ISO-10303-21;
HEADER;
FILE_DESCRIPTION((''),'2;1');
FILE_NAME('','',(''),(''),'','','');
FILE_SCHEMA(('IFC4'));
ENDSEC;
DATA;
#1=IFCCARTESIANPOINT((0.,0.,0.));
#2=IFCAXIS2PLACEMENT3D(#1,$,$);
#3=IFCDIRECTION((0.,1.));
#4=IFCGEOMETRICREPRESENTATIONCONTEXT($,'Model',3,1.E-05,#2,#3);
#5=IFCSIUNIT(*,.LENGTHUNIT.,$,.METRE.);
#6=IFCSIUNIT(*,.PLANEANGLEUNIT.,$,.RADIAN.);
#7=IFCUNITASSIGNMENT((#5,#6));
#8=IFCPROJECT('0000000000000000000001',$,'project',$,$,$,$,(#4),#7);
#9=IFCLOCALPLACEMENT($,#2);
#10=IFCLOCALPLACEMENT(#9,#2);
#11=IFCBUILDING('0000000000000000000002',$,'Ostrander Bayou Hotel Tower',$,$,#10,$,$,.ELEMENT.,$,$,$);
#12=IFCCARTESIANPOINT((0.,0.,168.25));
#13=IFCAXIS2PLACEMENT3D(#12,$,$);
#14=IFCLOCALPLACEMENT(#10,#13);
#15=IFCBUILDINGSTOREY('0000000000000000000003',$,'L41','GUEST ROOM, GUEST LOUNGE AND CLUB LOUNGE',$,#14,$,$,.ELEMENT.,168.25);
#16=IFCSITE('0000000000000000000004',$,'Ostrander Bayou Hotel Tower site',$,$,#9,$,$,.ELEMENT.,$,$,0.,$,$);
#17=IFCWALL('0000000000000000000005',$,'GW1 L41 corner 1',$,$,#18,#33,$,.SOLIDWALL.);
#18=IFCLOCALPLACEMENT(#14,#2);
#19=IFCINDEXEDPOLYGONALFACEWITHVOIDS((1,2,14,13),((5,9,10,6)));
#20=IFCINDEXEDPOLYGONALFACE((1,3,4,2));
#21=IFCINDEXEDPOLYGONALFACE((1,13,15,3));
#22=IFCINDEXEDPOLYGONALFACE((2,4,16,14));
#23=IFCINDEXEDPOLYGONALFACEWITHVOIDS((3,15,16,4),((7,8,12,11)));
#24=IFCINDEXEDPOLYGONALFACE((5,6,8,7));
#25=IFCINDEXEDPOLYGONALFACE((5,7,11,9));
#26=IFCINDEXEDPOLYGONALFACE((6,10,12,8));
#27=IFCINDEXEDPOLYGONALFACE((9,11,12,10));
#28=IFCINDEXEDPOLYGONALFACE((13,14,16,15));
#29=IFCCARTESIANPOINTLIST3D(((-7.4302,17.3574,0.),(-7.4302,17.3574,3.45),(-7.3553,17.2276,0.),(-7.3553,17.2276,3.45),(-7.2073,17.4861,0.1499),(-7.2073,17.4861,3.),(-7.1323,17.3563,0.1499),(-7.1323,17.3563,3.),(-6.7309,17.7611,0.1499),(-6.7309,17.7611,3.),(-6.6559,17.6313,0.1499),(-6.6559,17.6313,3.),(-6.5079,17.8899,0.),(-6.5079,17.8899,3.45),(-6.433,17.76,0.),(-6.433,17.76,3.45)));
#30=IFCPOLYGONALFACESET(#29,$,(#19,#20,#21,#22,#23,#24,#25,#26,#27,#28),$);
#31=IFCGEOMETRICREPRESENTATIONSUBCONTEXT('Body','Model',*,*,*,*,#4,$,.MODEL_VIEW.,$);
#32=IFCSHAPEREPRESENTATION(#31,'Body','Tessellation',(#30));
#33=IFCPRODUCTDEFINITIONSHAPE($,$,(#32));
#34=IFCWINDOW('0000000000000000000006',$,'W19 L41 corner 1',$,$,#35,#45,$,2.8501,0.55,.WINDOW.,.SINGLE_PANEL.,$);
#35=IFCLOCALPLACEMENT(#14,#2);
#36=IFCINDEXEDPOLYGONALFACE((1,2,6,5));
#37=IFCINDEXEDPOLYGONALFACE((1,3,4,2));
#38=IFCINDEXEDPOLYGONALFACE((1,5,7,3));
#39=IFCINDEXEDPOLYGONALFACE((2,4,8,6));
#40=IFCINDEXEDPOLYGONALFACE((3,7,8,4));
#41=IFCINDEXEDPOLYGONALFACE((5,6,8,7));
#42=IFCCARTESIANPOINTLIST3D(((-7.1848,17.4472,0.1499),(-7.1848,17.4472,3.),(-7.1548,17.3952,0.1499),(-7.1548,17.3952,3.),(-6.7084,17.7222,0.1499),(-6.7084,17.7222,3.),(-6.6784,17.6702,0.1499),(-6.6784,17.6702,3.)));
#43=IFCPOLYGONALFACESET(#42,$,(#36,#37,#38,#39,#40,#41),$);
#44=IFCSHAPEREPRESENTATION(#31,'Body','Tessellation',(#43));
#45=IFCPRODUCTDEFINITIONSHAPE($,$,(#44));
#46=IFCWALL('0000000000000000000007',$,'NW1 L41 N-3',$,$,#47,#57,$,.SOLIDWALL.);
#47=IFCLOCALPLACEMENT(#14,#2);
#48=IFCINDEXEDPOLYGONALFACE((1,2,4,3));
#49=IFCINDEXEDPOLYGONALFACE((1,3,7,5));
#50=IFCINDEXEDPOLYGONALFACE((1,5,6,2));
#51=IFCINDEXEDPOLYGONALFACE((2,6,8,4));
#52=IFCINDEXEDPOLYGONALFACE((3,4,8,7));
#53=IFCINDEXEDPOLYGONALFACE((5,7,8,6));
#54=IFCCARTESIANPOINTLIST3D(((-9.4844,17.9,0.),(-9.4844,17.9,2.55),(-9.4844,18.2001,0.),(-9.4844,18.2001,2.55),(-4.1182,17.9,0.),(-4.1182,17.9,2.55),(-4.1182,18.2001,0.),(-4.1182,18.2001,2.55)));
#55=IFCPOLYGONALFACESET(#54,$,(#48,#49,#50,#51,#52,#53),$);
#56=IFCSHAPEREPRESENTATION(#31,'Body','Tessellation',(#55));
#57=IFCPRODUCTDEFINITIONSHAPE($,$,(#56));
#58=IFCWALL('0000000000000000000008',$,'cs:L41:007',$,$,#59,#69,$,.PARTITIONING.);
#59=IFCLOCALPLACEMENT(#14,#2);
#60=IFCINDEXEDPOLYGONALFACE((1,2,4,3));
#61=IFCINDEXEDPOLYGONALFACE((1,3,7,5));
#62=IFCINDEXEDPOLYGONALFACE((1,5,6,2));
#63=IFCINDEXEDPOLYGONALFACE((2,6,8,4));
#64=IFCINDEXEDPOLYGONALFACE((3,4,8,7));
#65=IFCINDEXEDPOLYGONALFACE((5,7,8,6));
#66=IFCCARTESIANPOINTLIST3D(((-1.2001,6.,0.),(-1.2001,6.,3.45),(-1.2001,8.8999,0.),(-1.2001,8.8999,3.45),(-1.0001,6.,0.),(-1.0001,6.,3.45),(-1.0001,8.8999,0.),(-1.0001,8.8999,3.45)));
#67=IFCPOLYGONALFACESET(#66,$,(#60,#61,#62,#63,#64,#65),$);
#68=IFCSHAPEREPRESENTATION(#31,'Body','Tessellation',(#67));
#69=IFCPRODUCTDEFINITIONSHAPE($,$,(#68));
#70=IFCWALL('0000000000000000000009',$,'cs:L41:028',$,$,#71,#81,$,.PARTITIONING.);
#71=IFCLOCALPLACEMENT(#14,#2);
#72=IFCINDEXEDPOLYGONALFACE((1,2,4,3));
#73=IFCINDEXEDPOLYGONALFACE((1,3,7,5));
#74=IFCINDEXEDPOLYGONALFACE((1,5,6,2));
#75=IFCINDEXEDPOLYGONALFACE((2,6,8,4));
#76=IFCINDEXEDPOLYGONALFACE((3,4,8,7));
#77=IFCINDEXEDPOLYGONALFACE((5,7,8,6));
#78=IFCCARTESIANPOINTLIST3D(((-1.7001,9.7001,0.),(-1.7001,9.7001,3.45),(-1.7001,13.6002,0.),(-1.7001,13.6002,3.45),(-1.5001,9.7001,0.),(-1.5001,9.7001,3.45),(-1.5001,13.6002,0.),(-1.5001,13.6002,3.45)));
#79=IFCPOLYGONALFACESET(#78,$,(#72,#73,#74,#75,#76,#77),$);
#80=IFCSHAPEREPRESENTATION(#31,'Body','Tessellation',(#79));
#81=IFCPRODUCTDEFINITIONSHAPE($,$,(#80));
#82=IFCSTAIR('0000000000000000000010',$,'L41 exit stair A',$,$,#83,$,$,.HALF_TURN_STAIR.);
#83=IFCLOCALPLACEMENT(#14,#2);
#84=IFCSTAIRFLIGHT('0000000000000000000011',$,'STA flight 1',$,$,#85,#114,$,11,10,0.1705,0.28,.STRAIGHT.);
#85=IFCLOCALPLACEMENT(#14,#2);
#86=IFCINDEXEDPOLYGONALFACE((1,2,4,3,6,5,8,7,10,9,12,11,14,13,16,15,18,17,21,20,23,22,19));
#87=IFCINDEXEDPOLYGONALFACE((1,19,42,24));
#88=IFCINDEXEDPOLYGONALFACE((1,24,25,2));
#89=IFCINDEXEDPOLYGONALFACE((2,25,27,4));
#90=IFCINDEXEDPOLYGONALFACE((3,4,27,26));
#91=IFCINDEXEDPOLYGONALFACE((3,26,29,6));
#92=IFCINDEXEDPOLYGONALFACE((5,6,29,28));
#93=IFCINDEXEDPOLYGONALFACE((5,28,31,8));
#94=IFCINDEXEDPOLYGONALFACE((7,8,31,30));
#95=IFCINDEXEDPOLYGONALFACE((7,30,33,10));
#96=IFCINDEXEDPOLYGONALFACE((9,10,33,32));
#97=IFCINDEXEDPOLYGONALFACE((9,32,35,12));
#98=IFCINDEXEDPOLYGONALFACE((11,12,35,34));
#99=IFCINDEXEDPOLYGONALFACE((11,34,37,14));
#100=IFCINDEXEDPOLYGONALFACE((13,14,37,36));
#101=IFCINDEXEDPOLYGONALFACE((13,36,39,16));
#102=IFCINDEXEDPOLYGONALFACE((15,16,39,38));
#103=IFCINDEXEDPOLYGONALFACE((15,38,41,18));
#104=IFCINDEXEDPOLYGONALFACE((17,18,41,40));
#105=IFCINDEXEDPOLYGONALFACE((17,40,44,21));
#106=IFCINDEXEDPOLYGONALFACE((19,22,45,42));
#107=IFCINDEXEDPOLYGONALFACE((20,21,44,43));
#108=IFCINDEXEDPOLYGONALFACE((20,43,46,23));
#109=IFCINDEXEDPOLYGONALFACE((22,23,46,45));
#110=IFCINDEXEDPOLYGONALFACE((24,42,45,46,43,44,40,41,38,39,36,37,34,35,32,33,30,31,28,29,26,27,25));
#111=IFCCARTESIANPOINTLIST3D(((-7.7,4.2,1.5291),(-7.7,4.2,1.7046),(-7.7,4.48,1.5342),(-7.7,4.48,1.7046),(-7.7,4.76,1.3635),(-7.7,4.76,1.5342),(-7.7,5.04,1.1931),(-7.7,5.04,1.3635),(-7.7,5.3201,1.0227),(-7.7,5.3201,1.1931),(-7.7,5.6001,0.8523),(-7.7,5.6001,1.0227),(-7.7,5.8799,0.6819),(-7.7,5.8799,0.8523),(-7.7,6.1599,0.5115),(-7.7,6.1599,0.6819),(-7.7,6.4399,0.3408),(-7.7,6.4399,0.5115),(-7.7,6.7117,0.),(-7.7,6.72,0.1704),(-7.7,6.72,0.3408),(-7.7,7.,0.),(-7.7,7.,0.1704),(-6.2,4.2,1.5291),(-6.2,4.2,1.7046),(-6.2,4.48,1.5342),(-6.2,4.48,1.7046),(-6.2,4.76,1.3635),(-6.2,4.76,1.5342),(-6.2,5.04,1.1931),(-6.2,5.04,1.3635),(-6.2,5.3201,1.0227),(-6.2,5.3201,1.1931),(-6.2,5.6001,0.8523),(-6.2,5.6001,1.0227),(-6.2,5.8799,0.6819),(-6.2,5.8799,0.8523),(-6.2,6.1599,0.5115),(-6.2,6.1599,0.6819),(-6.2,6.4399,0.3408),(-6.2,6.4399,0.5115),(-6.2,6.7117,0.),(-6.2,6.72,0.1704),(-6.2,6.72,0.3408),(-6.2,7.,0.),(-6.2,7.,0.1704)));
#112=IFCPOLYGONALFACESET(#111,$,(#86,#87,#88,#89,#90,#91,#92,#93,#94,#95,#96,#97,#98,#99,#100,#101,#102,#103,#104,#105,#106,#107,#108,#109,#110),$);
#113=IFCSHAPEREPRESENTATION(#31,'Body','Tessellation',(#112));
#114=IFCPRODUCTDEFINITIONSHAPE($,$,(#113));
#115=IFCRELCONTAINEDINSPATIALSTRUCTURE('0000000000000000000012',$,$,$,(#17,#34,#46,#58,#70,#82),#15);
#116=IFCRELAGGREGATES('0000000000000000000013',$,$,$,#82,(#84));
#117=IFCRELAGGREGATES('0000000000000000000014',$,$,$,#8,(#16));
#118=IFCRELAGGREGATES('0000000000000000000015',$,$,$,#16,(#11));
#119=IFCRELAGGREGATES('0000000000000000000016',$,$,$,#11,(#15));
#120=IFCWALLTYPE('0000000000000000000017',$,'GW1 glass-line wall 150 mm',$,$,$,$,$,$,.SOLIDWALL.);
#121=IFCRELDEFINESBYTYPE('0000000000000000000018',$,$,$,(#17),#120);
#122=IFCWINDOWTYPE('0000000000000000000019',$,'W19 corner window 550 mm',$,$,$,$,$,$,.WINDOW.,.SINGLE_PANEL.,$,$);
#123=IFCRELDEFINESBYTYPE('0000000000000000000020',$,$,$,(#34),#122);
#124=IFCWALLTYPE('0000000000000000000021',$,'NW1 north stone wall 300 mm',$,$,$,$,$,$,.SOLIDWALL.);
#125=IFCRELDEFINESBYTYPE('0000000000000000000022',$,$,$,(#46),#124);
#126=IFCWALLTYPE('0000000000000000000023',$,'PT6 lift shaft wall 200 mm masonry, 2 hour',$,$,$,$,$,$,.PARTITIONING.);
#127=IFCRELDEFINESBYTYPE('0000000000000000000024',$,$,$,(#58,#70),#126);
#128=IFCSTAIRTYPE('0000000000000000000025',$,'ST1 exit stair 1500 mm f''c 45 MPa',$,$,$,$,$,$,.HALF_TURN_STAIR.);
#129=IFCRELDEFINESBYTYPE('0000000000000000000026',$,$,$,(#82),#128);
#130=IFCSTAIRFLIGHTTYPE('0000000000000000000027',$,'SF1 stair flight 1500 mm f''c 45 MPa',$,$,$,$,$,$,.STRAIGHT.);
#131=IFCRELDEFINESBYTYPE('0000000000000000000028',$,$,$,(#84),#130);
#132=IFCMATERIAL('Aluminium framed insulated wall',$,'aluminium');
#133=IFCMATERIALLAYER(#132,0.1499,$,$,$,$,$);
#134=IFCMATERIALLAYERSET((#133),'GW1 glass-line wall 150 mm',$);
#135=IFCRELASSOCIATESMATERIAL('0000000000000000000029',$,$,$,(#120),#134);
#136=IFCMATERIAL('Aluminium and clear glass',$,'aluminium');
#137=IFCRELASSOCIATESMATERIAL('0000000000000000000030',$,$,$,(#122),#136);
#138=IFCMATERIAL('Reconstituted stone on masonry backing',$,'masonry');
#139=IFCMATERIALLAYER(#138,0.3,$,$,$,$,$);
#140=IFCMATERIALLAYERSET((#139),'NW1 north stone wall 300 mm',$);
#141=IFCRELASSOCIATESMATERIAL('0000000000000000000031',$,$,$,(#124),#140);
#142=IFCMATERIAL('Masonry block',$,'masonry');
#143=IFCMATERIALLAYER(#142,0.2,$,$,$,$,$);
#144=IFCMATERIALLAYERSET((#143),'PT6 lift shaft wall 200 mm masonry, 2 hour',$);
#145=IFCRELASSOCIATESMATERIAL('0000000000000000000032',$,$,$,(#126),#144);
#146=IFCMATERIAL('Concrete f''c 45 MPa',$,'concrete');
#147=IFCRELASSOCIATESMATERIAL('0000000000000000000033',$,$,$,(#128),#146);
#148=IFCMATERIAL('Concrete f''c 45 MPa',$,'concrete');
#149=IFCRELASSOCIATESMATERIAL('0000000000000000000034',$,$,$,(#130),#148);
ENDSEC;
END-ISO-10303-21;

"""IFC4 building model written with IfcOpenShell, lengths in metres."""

from ifc_helpers import new_model, si_unit, direction, frame, frame_2d, origin, place, context, subcontext, project, spatial, polyline, rectangle, outline, extrude, material, layer, layer_set, type_object, element, fill, aggregate, save


model = new_model("IFC4")

# Units and contexts
model_context = context("Model", 3, precision=1e-05, world=origin(), true_north=direction((0.0, 1.0)))
body_context = subcontext(model_context, "Body", "Model", "MODEL_VIEW")
ifc_project = project(units=[si_unit("LENGTHUNIT", "METRE"), si_unit("PLANEANGLEUNIT", "RADIAN")], contexts=[model_context])

# Site, building, storey
site_placement = place(None, origin())
site = spatial("IfcSite", under=ifc_project, at=site_placement, Name="Ostrander Bayou Hotel Tower site", CompositionType="ELEMENT", RefElevation=0.0)
building_placement = place(site_placement, origin())
building = spatial("IfcBuilding", under=site, at=building_placement, Name="Ostrander Bayou Hotel Tower", CompositionType="ELEMENT")
storey_placement = place(building_placement, frame((0.0, 0.0, 168.25)))
storey = spatial("IfcBuildingStorey", under=building, at=storey_placement, Name="L41", Description="GUEST ROOM, GUEST LOUNGE AND CLUB LOUNGE", CompositionType="ELEMENT", Elevation=168.25)

# Shared definitions
ifc_material_1 = material(Name="Aluminium framed insulated wall", Category="aluminium")
ifc_layer_1 = layer(ifc_material_1, 0.1499)
ifc_layer_set_1 = layer_set([ifc_layer_1], Name="GW1 glass-line wall 150 mm")
wall_type_1 = type_object("IfcWallType", Name="GW1 glass-line wall 150 mm", PredefinedType="SOLIDWALL", material=ifc_layer_set_1)

# Wall, opening, window
wall_1_placement = place(storey_placement, frame((-6.4705, 17.825, 0.0), z_axis=(0.0, 0.0, 1.0), x_axis=(-0.866048, -0.499961, 0.0)))
wall_1 = element("IfcWall", 1, at=wall_1_placement, inside=storey, type_object=wall_type_1, Name="GW1 L41 corner 1", PredefinedType="SOLIDWALL", context=body_context, shape_type="SweptSolid", body=[
    extrude(rectangle(XDim=1.0649, YDim=0.1499, at=frame_2d((0.5325, 0.0))), origin(), (0.0, 0.0, 1.0), 3.45),
])
opening_1_placement = place(wall_1_placement, frame((0.2576, 0.0, 0.1499)))
opening_1 = element("IfcOpeningElement", 2, at=opening_1_placement, cuts=wall_1, PredefinedType="OPENING", context=body_context, shape_type="SweptSolid", body=[
    extrude(rectangle(XDim=0.55, YDim=2.8501, at=frame_2d((0.2749, 1.425))), frame((0.0, 0.075, 0.0), z_axis=(0.0, -1.0, 0.0), x_axis=(1.0, 0.0, 0.0)), (0.0, 0.0, 1.0), 0.1499),
])
ifc_material_2 = material(Name="Aluminium and clear glass", Category="aluminium")
window_type_1 = type_object("IfcWindowType", Name="W19 corner window 550 mm", PartitioningType="SINGLE_PANEL", PredefinedType="WINDOW", material=ifc_material_2)
window_1_placement = place(opening_1_placement, origin())
window_1 = element("IfcWindow", 3, at=window_1_placement, inside=storey, type_object=window_type_1, Name="W19 L41 corner 1", OverallHeight=2.8501, OverallWidth=0.55, PartitioningType="SINGLE_PANEL", PredefinedType="WINDOW", context=body_context, shape_type="SweptSolid", body=[
    extrude(rectangle(XDim=0.55, YDim=2.8501, at=frame_2d((0.2749, 1.425))), frame((0.0, 0.03, 0.0), z_axis=(0.0, -1.0, 0.0), x_axis=(1.0, 0.0, 0.0)), (0.0, 0.0, 1.0), 0.0601),
])
fill(opening_1, window_1)

# Wall
ifc_material_3 = material(Name="Reconstituted stone on masonry backing", Category="masonry")
ifc_layer_2 = layer(ifc_material_3, 0.3)
ifc_layer_set_2 = layer_set([ifc_layer_2], Name="NW1 north stone wall 300 mm")
wall_type_2 = type_object("IfcWallType", Name="NW1 north stone wall 300 mm", PredefinedType="SOLIDWALL", material=ifc_layer_set_2)
wall_2_placement = place(storey_placement, frame((-4.1182, 18.05, 0.0), z_axis=(0.0, 0.0, 1.0), x_axis=(-1.0, 0.0, 0.0)))
element("IfcWall", 4, at=wall_2_placement, inside=storey, type_object=wall_type_2, Name="NW1 L41 N-3", PredefinedType="SOLIDWALL", context=body_context, shape_type="SweptSolid", body=[
    extrude(rectangle(XDim=5.3662, YDim=0.3, at=frame_2d((2.6831, 0.0))), origin(), (0.0, 0.0, 1.0), 2.55),
])

# Walls
ifc_material_4 = material(Name="Masonry block", Category="masonry")
ifc_layer_3 = layer(ifc_material_4, 0.2)
ifc_layer_set_3 = layer_set([ifc_layer_3], Name="PT6 lift shaft wall 200 mm masonry, 2 hour")
wall_type_3 = type_object("IfcWallType", Name="PT6 lift shaft wall 200 mm masonry, 2 hour", PredefinedType="PARTITIONING", material=ifc_layer_set_3)
wall_3_placement = place(storey_placement, frame((-1.1001, 6.0, 0.0), z_axis=(0.0, 0.0, 1.0), x_axis=(0.0, 1.0, 0.0)))
element("IfcWall", 5, at=wall_3_placement, inside=storey, type_object=wall_type_3, Name="cs:L41:007", PredefinedType="PARTITIONING", context=body_context, shape_type="SweptSolid", body=[
    extrude(rectangle(XDim=2.8999, YDim=0.2, at=frame_2d((1.45, 0.0))), origin(), (0.0, 0.0, 1.0), 3.45),
])
wall_4_placement = place(storey_placement, frame((-1.6001, 9.7, 0.0), z_axis=(0.0, 0.0, 1.0), x_axis=(0.0, 1.0, 0.0)))
element("IfcWall", 6, at=wall_4_placement, inside=storey, type_object=wall_type_3, Name="cs:L41:028", PredefinedType="PARTITIONING", context=body_context, shape_type="SweptSolid", body=[
    extrude(rectangle(XDim=3.9001, YDim=0.2, at=frame_2d((1.9502, 0.0))), origin(), (0.0, 0.0, 1.0), 3.45),
])

# Stair, stair flight
ifc_material_5 = material(Name="Concrete f'c 45 MPa", Category="concrete")
stair_type = type_object("IfcStairType", Name="ST1 exit stair 1500 mm f'c 45 MPa", PredefinedType="HALF_TURN_STAIR", material=ifc_material_5)
stair_placement = place(storey_placement, origin())
stair = element("IfcStair", 7, at=stair_placement, inside=storey, type_object=stair_type, Name="L41 exit stair A", PredefinedType="HALF_TURN_STAIR")
ifc_material_6 = material(Name="Concrete f'c 45 MPa", Category="concrete")
stair_flight_type = type_object("IfcStairFlightType", Name="SF1 stair flight 1500 mm f'c 45 MPa", PredefinedType="STRAIGHT", material=ifc_material_6)
stair_flight_placement = place(storey_placement, frame((-6.95, 7.0, 0.0), z_axis=(0.0, 0.0, 1.0), x_axis=(0.0, -1.0, 0.0)))
stair_flight = element("IfcStairFlight", 8, at=stair_flight_placement, type_object=stair_flight_type, Name="STA flight 1", NumberOfRisers=11, NumberOfTreads=10, PredefinedType="STRAIGHT", RiserHeight=0.1705, TreadLength=0.28, context=body_context, shape_type="SweptSolid", body=[
    extrude(outline(polyline([(0.0, 0.0), (0.0, 0.1704), (0.28, 0.1704), (0.28, 0.3408), (0.5601, 0.3408), (0.5601, 0.5115), (0.8401, 0.5115), (0.8401, 0.6819), (1.1201, 0.6819), (1.1201, 0.8523), (1.3999, 0.8523), (1.3999, 1.0227), (1.6799, 1.0227), (1.6799, 1.1931), (1.96, 1.1931), (1.96, 1.3635), (2.24, 1.3635), (2.24, 1.5342), (2.52, 1.5342), (2.52, 1.7046), (2.8, 1.7046), (2.8, 1.875), (2.8, 1.5291), (0.2883, 0.0), (0.0, 0.0)])), frame((0.0, 0.75, 0.0), z_axis=(0.0, -1.0, 0.0), x_axis=(1.0, 0.0, 0.0)), (0.0, 0.0, 1.0), 1.5),
])
aggregate(stair, [stair_flight])

save(model, "model.ifc")
